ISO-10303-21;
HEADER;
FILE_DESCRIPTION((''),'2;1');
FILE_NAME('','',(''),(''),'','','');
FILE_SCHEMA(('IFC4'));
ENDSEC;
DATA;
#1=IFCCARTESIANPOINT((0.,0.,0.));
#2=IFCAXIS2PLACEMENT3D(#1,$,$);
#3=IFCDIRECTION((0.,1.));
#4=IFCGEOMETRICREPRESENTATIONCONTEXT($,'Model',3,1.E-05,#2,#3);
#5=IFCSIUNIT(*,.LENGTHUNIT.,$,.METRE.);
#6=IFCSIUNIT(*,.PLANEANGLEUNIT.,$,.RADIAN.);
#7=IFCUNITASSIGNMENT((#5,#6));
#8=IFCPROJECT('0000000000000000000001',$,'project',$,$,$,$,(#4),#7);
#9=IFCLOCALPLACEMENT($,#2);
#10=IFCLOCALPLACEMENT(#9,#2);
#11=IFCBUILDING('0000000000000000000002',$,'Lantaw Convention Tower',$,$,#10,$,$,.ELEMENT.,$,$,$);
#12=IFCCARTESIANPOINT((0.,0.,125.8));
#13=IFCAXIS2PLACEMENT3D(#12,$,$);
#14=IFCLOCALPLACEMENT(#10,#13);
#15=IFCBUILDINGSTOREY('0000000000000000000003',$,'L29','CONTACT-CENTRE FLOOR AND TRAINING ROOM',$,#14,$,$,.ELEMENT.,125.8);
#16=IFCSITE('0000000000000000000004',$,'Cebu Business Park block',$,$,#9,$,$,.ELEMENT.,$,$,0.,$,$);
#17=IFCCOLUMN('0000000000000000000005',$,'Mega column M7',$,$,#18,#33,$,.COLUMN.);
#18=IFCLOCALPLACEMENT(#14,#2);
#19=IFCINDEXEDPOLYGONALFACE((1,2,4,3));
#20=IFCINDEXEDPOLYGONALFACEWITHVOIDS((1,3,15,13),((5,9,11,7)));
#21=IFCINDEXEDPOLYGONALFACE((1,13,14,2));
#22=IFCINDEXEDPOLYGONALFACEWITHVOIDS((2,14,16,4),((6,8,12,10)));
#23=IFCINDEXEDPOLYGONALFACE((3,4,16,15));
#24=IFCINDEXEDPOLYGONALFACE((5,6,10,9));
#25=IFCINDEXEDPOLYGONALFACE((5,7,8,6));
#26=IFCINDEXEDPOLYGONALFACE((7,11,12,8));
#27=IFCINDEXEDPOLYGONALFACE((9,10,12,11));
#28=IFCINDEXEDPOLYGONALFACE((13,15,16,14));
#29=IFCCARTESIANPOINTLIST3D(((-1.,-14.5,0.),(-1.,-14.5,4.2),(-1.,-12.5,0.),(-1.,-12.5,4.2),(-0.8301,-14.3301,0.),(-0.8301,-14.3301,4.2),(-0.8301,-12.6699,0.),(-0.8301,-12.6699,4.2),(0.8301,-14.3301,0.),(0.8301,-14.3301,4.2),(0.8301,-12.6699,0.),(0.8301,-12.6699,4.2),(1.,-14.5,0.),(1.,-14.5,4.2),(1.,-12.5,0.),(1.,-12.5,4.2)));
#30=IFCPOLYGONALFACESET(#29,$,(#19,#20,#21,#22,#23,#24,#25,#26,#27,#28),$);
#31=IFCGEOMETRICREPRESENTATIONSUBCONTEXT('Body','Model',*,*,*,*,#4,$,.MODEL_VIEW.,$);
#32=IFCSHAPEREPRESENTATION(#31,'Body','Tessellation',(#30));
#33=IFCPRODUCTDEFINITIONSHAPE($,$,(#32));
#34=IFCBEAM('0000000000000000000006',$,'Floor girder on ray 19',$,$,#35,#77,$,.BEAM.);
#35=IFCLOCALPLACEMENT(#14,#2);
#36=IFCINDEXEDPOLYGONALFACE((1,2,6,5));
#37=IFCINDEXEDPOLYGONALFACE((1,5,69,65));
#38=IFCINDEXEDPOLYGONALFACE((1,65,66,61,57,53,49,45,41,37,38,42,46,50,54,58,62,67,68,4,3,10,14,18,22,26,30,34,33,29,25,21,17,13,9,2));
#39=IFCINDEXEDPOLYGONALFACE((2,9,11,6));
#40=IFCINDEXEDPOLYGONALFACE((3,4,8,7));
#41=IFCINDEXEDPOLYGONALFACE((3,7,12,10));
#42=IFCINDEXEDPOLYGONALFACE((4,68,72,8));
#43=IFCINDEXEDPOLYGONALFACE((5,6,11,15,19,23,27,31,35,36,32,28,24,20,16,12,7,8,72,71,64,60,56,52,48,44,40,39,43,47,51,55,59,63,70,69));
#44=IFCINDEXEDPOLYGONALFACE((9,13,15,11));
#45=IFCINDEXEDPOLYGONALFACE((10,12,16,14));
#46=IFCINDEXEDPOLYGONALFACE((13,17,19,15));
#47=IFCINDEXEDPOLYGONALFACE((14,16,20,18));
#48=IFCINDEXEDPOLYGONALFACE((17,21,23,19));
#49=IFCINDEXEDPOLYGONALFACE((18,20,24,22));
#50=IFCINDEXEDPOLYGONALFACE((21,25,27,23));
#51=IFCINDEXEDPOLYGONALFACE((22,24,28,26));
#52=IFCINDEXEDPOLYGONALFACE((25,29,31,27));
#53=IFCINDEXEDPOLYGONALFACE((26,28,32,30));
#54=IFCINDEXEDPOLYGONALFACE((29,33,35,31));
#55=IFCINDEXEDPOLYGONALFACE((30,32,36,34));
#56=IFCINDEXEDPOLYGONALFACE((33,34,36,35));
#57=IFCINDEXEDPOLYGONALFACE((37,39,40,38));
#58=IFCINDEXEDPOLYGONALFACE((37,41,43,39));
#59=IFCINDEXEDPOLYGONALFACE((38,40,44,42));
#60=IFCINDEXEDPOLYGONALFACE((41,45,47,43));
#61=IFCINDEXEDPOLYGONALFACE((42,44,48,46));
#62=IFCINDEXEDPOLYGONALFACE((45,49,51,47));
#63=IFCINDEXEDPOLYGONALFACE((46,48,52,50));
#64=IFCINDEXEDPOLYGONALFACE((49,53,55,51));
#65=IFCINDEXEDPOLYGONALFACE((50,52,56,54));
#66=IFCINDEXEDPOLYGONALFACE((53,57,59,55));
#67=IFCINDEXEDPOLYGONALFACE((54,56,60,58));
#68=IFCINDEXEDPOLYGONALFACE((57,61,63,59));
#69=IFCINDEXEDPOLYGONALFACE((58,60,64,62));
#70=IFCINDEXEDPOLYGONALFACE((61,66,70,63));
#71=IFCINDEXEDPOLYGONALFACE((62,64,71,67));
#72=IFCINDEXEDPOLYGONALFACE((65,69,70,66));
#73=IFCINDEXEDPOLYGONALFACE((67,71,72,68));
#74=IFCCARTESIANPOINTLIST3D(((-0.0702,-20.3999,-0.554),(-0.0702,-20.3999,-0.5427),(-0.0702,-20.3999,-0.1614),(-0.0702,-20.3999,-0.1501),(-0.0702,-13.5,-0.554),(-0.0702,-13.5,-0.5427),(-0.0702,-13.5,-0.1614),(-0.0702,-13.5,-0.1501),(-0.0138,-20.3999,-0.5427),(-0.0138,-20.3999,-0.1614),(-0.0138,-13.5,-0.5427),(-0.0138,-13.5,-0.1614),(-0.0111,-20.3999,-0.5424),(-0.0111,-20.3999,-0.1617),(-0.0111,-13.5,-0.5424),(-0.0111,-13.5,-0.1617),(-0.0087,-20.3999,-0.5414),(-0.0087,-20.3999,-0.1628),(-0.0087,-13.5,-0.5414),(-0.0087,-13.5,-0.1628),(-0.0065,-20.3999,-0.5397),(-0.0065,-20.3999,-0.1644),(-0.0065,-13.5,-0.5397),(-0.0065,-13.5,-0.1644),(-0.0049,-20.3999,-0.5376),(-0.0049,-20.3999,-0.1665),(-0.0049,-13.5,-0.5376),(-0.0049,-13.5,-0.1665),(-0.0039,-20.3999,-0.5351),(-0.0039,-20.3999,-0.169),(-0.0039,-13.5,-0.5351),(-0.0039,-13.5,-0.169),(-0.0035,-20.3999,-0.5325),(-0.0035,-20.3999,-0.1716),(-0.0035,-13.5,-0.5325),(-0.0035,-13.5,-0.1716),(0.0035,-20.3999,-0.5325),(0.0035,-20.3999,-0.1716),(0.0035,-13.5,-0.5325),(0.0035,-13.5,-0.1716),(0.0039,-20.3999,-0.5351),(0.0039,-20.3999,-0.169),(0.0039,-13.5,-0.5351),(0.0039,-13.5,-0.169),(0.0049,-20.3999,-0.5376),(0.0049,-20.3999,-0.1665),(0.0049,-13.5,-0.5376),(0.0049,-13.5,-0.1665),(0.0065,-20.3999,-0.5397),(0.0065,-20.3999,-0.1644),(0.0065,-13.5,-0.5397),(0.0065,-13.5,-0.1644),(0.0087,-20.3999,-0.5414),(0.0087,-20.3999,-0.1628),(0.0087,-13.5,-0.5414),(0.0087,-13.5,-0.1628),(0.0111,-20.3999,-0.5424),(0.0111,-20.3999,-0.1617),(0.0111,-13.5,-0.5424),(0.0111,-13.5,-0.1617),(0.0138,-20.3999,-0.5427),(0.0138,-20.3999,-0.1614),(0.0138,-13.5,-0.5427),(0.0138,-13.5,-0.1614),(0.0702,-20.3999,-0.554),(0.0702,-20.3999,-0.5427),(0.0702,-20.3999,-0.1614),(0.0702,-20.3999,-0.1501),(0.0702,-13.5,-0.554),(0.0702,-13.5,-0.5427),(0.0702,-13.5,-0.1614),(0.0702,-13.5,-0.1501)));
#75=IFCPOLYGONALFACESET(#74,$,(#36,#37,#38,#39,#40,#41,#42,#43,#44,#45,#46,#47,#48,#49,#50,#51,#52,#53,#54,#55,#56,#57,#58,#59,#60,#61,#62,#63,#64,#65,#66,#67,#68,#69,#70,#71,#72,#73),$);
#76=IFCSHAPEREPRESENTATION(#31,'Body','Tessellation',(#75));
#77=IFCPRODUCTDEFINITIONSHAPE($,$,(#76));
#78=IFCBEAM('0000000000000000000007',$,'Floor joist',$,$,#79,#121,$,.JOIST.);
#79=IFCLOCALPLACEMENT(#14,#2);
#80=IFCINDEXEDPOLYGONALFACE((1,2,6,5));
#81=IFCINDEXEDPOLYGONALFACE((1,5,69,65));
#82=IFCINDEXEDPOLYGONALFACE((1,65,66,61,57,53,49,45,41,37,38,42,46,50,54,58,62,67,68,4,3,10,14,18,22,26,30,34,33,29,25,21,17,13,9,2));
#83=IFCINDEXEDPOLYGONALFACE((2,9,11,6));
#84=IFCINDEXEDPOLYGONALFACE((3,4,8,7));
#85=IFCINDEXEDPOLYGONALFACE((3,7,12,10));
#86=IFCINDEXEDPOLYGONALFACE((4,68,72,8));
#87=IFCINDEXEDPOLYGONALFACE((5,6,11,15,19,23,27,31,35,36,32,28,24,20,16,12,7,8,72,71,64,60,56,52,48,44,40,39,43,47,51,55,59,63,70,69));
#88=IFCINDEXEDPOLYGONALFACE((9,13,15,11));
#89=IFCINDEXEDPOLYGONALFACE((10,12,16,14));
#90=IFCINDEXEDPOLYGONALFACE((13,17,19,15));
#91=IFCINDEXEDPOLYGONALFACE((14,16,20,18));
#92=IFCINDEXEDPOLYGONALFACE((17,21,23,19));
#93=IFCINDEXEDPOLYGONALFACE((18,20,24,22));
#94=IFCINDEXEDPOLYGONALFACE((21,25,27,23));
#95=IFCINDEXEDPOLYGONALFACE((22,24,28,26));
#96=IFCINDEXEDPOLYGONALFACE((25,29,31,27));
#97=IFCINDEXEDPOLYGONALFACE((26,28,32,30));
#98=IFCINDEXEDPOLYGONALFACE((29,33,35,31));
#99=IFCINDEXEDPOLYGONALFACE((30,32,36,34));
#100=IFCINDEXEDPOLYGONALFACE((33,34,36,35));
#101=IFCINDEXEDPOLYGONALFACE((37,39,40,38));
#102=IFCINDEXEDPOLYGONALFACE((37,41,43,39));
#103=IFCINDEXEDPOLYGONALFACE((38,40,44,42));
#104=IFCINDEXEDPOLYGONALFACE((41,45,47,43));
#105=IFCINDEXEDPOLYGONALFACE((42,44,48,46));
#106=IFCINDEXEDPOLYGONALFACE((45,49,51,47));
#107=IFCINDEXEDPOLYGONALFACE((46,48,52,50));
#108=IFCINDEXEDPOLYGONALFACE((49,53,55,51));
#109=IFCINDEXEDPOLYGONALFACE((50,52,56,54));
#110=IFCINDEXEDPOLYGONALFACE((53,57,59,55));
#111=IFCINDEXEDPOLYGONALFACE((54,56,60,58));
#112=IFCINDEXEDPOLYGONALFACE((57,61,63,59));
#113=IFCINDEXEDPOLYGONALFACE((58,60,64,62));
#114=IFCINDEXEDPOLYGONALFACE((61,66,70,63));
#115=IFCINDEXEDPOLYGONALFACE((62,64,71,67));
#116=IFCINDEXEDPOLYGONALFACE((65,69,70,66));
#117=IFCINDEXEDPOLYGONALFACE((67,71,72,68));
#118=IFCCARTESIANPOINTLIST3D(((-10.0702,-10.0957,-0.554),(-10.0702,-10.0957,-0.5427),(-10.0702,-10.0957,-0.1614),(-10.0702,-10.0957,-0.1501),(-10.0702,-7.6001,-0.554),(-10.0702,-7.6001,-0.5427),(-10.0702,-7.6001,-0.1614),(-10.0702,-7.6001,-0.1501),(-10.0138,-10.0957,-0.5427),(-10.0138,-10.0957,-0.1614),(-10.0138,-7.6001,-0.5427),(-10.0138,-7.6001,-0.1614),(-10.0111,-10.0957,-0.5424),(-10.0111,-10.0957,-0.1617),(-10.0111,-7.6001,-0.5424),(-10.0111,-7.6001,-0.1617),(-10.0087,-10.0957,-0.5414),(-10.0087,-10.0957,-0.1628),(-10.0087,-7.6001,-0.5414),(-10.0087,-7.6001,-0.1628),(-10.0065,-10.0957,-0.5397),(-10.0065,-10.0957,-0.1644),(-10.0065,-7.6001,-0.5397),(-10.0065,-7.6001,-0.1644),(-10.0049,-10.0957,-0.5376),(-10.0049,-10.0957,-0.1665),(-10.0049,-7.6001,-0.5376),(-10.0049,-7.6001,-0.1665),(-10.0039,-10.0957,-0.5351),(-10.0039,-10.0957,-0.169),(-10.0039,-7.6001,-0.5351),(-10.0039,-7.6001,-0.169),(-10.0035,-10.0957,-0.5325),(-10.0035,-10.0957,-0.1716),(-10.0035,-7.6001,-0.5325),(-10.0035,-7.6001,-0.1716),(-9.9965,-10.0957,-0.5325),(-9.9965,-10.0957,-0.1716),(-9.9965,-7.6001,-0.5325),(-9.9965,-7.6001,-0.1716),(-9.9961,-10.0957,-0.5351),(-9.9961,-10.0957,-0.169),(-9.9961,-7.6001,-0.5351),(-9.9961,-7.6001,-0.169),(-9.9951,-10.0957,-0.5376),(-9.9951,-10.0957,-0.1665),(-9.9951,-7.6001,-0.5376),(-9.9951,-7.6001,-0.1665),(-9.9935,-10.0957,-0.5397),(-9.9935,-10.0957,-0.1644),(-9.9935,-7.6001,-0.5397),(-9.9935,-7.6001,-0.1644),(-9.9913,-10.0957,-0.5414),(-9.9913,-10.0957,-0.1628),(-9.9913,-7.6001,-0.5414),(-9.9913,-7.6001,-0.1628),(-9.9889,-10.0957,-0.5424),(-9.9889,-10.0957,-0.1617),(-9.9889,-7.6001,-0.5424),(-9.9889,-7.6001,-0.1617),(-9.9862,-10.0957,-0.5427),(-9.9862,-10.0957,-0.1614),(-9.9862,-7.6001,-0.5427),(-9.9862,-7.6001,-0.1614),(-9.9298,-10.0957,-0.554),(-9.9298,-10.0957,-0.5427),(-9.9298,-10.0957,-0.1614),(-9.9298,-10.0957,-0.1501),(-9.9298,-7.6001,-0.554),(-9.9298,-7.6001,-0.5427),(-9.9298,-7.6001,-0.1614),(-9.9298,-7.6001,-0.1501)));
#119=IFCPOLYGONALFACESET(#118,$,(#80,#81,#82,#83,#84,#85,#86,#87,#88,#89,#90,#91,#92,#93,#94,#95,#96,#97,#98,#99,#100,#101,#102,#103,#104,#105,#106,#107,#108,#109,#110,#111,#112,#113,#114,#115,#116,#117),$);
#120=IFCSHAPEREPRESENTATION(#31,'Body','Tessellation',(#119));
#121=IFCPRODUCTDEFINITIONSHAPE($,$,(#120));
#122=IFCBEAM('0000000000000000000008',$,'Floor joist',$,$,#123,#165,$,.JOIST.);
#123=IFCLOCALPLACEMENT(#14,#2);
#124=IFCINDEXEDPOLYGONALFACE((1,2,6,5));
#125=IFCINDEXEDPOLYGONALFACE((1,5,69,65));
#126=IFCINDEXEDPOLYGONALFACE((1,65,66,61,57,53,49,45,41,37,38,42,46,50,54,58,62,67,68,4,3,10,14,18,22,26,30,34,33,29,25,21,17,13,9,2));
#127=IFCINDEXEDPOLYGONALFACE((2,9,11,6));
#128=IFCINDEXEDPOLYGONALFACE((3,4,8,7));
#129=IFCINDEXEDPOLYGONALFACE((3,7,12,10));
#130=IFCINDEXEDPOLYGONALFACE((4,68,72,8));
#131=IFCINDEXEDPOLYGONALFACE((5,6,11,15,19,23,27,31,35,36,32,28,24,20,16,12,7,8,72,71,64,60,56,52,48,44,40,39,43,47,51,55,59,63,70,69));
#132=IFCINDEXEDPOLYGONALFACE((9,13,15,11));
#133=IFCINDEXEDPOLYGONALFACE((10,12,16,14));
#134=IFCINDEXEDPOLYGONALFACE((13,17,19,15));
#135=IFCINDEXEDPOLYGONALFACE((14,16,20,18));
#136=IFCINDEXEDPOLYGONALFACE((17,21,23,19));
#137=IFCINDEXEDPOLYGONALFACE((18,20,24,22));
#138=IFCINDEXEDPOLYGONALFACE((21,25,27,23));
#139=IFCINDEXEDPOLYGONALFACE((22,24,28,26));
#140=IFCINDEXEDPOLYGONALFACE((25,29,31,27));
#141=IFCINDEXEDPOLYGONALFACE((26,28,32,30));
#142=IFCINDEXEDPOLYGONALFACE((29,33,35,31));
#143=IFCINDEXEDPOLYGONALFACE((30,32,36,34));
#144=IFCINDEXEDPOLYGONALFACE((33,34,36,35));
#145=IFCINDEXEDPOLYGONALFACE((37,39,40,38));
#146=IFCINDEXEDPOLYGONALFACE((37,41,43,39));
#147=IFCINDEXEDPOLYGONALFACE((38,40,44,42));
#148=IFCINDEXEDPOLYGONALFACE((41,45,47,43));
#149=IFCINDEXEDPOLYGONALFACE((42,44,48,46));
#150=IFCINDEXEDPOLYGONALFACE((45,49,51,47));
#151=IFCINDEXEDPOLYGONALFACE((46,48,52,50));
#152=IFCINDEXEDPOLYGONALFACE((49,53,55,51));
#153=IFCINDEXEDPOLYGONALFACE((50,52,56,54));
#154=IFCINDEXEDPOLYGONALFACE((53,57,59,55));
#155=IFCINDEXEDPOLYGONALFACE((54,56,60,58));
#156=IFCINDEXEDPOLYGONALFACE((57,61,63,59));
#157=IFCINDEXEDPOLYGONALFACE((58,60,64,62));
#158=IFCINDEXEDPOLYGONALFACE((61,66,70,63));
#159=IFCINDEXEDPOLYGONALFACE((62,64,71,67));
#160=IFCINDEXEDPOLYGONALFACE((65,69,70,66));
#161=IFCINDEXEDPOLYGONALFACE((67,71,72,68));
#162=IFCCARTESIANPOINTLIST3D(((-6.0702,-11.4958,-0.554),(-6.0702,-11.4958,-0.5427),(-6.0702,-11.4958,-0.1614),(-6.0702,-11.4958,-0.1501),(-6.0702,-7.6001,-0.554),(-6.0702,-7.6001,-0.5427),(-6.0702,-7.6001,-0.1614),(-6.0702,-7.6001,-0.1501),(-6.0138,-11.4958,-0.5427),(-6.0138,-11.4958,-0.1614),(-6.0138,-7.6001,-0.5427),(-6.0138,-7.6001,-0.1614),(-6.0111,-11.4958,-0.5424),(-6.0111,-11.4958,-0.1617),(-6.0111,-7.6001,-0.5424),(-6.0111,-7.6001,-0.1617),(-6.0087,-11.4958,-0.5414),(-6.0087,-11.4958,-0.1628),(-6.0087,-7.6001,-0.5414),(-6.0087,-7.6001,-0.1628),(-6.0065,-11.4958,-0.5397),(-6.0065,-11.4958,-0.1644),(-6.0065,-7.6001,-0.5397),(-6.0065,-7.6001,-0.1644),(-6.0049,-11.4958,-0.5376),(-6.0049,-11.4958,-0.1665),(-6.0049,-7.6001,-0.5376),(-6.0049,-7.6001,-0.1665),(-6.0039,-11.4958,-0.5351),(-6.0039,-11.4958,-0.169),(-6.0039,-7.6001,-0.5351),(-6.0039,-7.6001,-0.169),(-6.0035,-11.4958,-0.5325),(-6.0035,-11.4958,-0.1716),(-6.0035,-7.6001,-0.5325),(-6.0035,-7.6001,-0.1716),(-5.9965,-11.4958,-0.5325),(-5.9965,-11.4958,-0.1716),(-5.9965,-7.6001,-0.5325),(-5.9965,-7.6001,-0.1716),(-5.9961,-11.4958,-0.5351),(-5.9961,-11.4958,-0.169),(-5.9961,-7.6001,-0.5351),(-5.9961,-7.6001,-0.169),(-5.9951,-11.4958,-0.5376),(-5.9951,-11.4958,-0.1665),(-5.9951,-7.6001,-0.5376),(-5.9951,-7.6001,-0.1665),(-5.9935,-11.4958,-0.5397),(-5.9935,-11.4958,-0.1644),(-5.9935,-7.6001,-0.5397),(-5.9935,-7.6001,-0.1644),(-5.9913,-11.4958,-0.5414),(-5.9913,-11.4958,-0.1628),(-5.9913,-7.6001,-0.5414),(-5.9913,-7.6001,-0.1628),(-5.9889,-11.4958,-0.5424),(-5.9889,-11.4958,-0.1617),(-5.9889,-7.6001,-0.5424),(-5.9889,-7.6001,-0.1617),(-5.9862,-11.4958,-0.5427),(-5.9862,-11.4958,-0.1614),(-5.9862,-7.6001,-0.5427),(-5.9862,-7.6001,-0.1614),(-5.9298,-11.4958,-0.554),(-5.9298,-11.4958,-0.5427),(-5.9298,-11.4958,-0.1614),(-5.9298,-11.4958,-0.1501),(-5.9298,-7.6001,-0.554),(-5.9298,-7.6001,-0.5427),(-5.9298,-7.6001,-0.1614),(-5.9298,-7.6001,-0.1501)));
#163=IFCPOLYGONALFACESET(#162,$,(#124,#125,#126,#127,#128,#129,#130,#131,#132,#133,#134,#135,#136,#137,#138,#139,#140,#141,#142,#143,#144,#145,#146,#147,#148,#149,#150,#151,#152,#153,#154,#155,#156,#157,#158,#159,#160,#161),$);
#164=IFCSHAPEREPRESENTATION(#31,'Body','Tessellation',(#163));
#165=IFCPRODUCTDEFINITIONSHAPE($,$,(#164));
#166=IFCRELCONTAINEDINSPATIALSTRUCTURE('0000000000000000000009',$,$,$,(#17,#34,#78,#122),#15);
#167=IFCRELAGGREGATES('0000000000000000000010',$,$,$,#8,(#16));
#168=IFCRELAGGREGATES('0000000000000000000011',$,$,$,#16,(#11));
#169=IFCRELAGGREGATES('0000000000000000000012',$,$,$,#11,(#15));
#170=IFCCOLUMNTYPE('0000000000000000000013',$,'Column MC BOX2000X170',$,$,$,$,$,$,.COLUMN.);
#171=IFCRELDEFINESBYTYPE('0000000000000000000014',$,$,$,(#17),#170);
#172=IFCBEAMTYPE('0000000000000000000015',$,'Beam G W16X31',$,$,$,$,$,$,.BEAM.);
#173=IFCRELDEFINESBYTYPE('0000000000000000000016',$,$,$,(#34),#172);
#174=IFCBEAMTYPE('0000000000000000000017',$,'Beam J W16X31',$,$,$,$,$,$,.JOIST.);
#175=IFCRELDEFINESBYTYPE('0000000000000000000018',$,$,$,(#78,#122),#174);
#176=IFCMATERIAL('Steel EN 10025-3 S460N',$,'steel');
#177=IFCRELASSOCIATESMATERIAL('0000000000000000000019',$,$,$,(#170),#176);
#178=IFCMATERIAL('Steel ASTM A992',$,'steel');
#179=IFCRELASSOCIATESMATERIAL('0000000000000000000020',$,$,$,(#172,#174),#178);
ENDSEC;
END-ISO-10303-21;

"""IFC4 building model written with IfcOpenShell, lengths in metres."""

from ifc_helpers import new_model, si_unit, direction, frame, origin, origin_2d, place, context, subcontext, project, spatial, rectangle, hollow_rectangle, i_section, extrude, material, material_profile, profile_set, type_object, element, save


model = new_model("IFC4")

# Units and contexts
model_context = context("Model", 3, precision=1e-05, world=origin(), true_north=direction((0.0, 1.0)))
body_context = subcontext(model_context, "Body", "Model", "MODEL_VIEW")
ifc_project = project(units=[si_unit("LENGTHUNIT", "METRE"), si_unit("PLANEANGLEUNIT", "RADIAN")], contexts=[model_context])

# Site, building, storey
site_placement = place(None, origin())
site = spatial("IfcSite", under=ifc_project, at=site_placement, Name="Cebu Business Park block", CompositionType="ELEMENT", RefElevation=0.0)
building_placement = place(site_placement, origin())
building = spatial("IfcBuilding", under=site, at=building_placement, Name="Lantaw Convention Tower", CompositionType="ELEMENT")
storey_placement = place(building_placement, frame((0.0, 0.0, 125.8)))
storey = spatial("IfcBuildingStorey", under=building, at=storey_placement, Name="L29", Description="CONTACT-CENTRE FLOOR AND TRAINING ROOM", CompositionType="ELEMENT", Elevation=125.8)

# Column
ifc_material_1 = material(Name="Steel EN 10025-3 S460N", Category="steel")
ifc_material_profile_1 = material_profile(ifc_material_1, hollow_rectangle(XDim=2.0, YDim=2.0, WallThickness=0.1699, at=origin_2d()), Name="BOX2000X170")
ifc_material_2 = material(Name="Concrete C60/75", Category="concrete")
ifc_material_profile_2 = material_profile(ifc_material_2, rectangle(XDim=1.6599, YDim=1.6599, at=origin_2d()), Name="Concrete fill of BOX2000X170")
ifc_profile_set_1 = profile_set([ifc_material_profile_1, ifc_material_profile_2], Name="Steel EN 10025-3 S460N")
column_type = type_object("IfcColumnType", Name="Column MC BOX2000X170", PredefinedType="COLUMN", material=ifc_profile_set_1)
column_placement = place(storey_placement, frame((0.0, -13.5, 0.0), z_axis=(0.0, 0.0, 1.0), x_axis=(1.0, 0.0, 0.0)))
element("IfcColumn", 1, at=column_placement, inside=storey, type_object=column_type, Name="Mega column M7", PredefinedType="COLUMN", context=body_context, shape_type="SweptSolid", body=[
    extrude(hollow_rectangle(XDim=2.0, YDim=2.0, WallThickness=0.1699, at=origin_2d()), origin(), (0.0, 0.0, 1.0), 4.2),
])

# Beams
ifc_material_3 = material(Name="Steel ASTM A992", Category="steel")
ifc_material_profile_3 = material_profile(ifc_material_3, i_section(OverallWidth=0.1404, OverallDepth=0.4038, WebThickness=0.0071, FlangeThickness=0.0112, FilletRadius=0.0103, at=origin_2d()), Name="W16X31")
ifc_profile_set_2 = profile_set([ifc_material_profile_3], Name="Steel ASTM A992")
beam_type_1 = type_object("IfcBeamType", Name="Beam G W16X31", PredefinedType="BEAM", material=ifc_profile_set_2)
beam_1_placement = place(storey_placement, frame((0.0, -13.5, -0.3521), z_axis=(0.0, -1.0, 0.0), x_axis=(1.0, 0.0, 0.0)))
element("IfcBeam", 2, at=beam_1_placement, inside=storey, type_object=beam_type_1, Name="Floor girder on ray 19", PredefinedType="BEAM", context=body_context, shape_type="SweptSolid", body=[
    extrude(i_section(OverallWidth=0.1404, OverallDepth=0.4038, WebThickness=0.0071, FlangeThickness=0.0112, FilletRadius=0.0103, at=origin_2d()), origin(), (0.0, 0.0, 1.0), 6.8999),
])
ifc_material_profile_4 = material_profile(ifc_material_3, i_section(OverallWidth=0.1404, OverallDepth=0.4038, WebThickness=0.0071, FlangeThickness=0.0112, FilletRadius=0.0103, at=origin_2d()), Name="W16X31")
ifc_profile_set_3 = profile_set([ifc_material_profile_4], Name="Steel ASTM A992")
beam_type_2 = type_object("IfcBeamType", Name="Beam J W16X31", PredefinedType="JOIST", material=ifc_profile_set_3)
beam_2_placement = place(storey_placement, frame((-10.0, -10.0957, -0.3521), z_axis=(0.0, 1.0, 0.0), x_axis=(-1.0, 0.0, 0.0)))
element("IfcBeam", 3, at=beam_2_placement, inside=storey, type_object=beam_type_2, Name="Floor joist", PredefinedType="JOIST", context=body_context, shape_type="SweptSolid", body=[
    extrude(i_section(OverallWidth=0.1404, OverallDepth=0.4038, WebThickness=0.0071, FlangeThickness=0.0112, FilletRadius=0.0103, at=origin_2d()), origin(), (0.0, 0.0, 1.0), 2.4956),
])
beam_3_placement = place(storey_placement, frame((-6.0, -11.4958, -0.3521), z_axis=(0.0, 1.0, 0.0), x_axis=(-1.0, 0.0, 0.0)))
element("IfcBeam", 4, at=beam_3_placement, inside=storey, type_object=beam_type_2, Name="Floor joist", PredefinedType="JOIST", context=body_context, shape_type="SweptSolid", body=[
    extrude(i_section(OverallWidth=0.1404, OverallDepth=0.4038, WebThickness=0.0071, FlangeThickness=0.0112, FilletRadius=0.0103, at=origin_2d()), origin(), (0.0, 0.0, 1.0), 3.8958),
])

save(model, "model.ifc")
